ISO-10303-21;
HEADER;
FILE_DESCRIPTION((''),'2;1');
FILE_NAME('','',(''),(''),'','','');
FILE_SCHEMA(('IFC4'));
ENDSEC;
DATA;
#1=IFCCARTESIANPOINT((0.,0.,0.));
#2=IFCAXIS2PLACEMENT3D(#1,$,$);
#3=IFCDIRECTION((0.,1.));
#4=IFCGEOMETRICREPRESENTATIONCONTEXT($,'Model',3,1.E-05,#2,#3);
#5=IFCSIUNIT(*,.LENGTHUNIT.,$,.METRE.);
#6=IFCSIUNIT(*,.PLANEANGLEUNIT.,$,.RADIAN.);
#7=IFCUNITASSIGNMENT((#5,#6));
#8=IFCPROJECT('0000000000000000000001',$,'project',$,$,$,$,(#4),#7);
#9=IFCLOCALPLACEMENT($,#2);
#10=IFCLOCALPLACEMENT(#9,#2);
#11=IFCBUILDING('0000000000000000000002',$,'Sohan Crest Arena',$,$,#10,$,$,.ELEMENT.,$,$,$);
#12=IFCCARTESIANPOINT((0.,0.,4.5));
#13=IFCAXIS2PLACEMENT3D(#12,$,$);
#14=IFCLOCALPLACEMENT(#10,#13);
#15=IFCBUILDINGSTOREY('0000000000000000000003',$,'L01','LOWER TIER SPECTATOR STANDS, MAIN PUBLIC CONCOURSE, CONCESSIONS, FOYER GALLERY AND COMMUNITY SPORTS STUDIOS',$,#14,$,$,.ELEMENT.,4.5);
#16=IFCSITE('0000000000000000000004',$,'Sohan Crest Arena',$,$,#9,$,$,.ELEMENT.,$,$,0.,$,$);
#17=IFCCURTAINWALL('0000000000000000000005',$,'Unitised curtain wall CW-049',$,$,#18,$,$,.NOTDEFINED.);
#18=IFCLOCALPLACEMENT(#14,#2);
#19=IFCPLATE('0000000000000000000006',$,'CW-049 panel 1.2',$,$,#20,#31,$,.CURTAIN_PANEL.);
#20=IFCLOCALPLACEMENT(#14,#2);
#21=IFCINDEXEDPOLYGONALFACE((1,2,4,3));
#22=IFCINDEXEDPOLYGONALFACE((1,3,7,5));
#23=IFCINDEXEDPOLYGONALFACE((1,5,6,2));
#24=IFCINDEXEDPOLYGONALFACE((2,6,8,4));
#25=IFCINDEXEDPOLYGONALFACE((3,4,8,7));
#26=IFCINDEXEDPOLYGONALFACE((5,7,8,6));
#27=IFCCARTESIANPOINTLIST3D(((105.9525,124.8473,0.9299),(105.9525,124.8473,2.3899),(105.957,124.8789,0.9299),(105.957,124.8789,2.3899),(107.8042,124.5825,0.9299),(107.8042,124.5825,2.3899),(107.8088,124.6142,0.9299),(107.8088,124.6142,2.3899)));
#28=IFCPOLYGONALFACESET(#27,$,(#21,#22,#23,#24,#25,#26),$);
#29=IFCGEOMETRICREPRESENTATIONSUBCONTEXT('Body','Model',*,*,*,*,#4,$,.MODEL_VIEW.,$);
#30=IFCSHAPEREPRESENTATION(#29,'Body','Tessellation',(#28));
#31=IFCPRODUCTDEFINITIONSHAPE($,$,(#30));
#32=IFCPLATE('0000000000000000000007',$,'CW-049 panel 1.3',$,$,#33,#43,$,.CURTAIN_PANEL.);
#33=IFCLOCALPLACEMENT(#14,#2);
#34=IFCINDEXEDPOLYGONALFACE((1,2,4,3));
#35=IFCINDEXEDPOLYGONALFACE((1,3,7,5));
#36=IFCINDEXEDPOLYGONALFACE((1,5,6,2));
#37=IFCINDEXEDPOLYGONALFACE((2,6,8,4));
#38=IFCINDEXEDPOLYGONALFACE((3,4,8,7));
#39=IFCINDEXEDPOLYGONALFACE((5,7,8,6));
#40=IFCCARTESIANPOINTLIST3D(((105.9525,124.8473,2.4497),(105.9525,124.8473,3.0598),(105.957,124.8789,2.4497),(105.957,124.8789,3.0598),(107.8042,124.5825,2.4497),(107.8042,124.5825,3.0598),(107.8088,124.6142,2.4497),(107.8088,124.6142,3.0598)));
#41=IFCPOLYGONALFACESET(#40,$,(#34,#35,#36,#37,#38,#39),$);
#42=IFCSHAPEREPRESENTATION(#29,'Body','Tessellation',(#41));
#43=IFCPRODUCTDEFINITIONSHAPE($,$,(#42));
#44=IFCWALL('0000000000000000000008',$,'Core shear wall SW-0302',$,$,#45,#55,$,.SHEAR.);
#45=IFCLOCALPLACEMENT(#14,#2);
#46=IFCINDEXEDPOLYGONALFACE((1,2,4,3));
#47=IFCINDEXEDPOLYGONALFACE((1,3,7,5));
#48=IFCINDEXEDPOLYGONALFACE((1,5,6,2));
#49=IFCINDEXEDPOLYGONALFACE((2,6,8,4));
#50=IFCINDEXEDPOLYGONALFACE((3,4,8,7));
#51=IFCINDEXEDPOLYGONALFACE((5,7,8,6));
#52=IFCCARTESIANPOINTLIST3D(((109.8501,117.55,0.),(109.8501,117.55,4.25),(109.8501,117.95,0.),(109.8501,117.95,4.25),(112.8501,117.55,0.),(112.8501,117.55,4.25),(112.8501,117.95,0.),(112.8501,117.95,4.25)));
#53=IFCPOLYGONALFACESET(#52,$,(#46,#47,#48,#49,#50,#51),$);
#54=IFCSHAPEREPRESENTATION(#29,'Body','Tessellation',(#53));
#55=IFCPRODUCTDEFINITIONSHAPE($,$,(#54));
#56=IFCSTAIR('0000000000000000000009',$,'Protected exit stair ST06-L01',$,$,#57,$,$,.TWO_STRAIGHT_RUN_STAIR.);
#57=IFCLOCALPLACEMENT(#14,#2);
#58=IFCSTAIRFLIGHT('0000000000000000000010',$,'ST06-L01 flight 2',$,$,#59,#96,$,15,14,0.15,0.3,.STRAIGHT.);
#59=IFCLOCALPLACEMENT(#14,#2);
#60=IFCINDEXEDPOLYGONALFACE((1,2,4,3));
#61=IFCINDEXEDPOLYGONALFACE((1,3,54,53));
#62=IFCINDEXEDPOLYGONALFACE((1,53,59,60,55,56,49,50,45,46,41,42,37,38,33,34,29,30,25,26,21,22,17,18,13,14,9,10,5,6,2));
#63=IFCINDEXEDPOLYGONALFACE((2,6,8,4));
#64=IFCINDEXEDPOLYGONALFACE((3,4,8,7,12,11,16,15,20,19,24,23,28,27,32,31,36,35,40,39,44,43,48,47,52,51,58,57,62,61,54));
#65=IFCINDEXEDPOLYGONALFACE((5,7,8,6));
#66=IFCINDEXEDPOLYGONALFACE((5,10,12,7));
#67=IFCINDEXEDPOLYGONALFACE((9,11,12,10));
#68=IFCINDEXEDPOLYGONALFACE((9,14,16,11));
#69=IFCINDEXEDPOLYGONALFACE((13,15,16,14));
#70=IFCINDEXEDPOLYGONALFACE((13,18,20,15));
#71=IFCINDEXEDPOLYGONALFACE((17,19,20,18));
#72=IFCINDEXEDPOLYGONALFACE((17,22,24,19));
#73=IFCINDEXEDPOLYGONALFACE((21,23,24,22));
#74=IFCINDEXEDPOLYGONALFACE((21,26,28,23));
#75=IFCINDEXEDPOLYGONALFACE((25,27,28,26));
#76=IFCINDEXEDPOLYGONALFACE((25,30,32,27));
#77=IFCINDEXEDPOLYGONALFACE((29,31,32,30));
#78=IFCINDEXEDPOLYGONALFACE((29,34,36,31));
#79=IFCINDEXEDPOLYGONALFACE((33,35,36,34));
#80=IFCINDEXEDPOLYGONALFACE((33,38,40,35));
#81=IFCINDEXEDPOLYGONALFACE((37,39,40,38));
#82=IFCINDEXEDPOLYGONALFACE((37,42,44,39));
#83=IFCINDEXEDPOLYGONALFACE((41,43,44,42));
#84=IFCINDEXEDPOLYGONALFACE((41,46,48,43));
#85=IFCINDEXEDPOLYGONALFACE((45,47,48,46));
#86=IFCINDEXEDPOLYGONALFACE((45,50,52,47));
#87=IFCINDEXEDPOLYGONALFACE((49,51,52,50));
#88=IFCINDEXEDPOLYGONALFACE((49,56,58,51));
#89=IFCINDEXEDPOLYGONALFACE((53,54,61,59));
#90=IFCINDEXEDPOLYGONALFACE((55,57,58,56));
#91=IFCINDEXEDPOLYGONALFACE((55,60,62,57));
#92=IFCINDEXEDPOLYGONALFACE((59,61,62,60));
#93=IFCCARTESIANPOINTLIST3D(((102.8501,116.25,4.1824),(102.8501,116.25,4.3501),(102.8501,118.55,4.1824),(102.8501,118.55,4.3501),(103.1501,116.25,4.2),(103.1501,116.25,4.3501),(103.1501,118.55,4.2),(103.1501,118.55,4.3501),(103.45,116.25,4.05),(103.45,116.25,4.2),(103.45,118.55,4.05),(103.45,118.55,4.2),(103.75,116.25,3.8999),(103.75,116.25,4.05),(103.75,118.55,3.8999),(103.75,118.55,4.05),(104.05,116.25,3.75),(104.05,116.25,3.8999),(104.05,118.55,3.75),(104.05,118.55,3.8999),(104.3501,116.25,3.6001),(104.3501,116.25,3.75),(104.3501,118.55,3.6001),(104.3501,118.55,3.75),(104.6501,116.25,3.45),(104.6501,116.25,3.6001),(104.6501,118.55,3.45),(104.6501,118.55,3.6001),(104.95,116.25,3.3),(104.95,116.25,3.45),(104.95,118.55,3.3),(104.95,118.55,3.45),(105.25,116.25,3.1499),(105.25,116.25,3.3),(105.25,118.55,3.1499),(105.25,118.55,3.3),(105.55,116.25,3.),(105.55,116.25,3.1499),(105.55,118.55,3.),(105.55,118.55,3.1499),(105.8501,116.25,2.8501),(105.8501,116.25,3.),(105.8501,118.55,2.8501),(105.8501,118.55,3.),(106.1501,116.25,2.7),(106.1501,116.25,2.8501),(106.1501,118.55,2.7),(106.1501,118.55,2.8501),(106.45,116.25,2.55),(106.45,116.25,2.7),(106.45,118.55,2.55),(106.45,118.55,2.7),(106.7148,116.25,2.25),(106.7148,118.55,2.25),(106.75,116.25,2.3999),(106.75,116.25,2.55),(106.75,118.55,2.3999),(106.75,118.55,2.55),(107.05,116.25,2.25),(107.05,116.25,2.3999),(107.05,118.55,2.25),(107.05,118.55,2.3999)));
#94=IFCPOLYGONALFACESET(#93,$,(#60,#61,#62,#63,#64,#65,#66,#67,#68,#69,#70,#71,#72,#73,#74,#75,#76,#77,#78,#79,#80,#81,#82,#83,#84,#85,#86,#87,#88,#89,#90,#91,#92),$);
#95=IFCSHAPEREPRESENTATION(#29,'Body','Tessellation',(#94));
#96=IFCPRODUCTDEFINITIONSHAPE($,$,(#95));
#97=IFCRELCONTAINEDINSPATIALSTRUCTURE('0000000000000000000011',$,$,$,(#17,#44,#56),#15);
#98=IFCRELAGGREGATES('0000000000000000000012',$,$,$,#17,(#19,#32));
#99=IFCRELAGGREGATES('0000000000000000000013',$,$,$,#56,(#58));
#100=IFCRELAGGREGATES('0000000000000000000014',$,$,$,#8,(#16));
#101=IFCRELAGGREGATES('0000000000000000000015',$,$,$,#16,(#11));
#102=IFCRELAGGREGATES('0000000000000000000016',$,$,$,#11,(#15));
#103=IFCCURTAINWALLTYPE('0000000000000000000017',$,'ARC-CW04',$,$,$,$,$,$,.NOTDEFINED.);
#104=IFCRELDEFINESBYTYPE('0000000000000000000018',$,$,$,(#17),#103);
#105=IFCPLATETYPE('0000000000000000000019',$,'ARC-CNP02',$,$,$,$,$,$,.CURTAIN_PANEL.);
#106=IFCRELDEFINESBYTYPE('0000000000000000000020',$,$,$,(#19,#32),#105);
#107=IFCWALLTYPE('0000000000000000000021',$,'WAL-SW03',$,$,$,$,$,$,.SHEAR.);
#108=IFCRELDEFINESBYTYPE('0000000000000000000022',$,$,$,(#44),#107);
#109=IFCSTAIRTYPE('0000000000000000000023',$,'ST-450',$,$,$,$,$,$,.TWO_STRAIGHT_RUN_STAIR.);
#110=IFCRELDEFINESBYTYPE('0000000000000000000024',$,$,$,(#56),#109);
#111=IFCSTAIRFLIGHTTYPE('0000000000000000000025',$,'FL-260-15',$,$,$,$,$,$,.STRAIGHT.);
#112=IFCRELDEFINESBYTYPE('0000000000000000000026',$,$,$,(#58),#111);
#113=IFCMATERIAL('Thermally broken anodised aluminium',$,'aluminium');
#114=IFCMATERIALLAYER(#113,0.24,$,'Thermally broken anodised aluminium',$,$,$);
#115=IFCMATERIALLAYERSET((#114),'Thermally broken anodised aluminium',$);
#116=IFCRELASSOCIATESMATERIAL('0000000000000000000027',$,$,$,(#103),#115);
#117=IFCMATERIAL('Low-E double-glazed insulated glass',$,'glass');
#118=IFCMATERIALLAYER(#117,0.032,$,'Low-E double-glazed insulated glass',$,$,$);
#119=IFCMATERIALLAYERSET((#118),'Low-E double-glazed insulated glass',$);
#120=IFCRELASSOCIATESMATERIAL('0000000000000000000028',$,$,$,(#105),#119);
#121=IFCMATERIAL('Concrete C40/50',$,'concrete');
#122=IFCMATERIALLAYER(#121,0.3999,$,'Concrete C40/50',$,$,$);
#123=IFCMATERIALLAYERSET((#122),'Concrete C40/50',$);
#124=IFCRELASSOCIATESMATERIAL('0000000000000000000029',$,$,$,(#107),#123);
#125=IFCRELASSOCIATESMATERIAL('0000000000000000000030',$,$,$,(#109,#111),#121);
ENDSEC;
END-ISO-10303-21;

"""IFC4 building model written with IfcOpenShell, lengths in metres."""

from ifc_helpers import new_model, si_unit, direction, frame, frame_2d, origin, origin_2d, place, context, subcontext, project, spatial, polyline, rectangle, outline, extrude, material, layer, layer_set, type_object, element, aggregate, save


model = new_model("IFC4")

# Units and contexts
model_context = context("Model", 3, precision=1e-05, world=origin(), true_north=direction((0.0, 1.0)))
body_context = subcontext(model_context, "Body", "Model", "MODEL_VIEW")
ifc_project = project(units=[si_unit("LENGTHUNIT", "METRE"), si_unit("PLANEANGLEUNIT", "RADIAN")], contexts=[model_context])

# Site, building, storey
site_placement = place(None, origin())
site = spatial("IfcSite", under=ifc_project, at=site_placement, Name="Sohan Crest Arena", CompositionType="ELEMENT", RefElevation=0.0)
building_placement = place(site_placement, origin())
building = spatial("IfcBuilding", under=site, at=building_placement, Name="Sohan Crest Arena", CompositionType="ELEMENT")
storey_placement = place(building_placement, frame((0.0, 0.0, 4.5)))
storey = spatial("IfcBuildingStorey", under=building, at=storey_placement, Name="L01", Description="LOWER TIER SPECTATOR STANDS, MAIN PUBLIC CONCOURSE, CONCESSIONS, FOYER GALLERY AND COMMUNITY SPORTS STUDIOS", CompositionType="ELEMENT", Elevation=4.5)

# Curtain wall
ifc_material_1 = material(Name="Thermally broken anodised aluminium", Category="aluminium")
ifc_layer_1 = layer(ifc_material_1, 0.24, Name="Thermally broken anodised aluminium")
ifc_layer_set_1 = layer_set([ifc_layer_1], Name="Thermally broken anodised aluminium")
curtain_wall_type_1 = type_object("IfcCurtainWallType", Name="ARC-CW04", PredefinedType="NOTDEFINED", material=ifc_layer_set_1)
curtain_wall_1_placement = place(storey_placement, origin())
curtain_wall_1 = element("IfcCurtainWall", 1, at=curtain_wall_1_placement, inside=storey, type_object=curtain_wall_type_1, Name="Unitised curtain wall CW-049", PredefinedType="NOTDEFINED")

# Plates
ifc_material_2 = material(Name="Low-E double-glazed insulated glass", Category="glass")
ifc_layer_2 = layer(ifc_material_2, 0.032, Name="Low-E double-glazed insulated glass")
ifc_layer_set_2 = layer_set([ifc_layer_2], Name="Low-E double-glazed insulated glass")
plate_type_1 = type_object("IfcPlateType", Name="ARC-CNP02", PredefinedType="CURTAIN_PANEL", material=ifc_layer_set_2)
plate_1_placement = place(storey_placement, frame((106.8806, 124.7307, 0.9299), z_axis=(0.0, 0.0, 1.0), x_axis=(-0.989931, 0.141549, 0.0)))
plate_1 = element("IfcPlate", 2, at=plate_1_placement, type_object=plate_type_1, Name="CW-049 panel 1.2", PredefinedType="CURTAIN_PANEL", context=body_context, shape_type="SweptSolid", body=[
    extrude(rectangle(XDim=1.8706, YDim=0.032, at=origin_2d()), origin(), (0.0, 0.0, 1.0), 1.46),
])
plate_2_placement = place(storey_placement, frame((106.8806, 124.7307, 2.4497), z_axis=(0.0, 0.0, 1.0), x_axis=(-0.989931, 0.141549, 0.0)))
plate_2 = element("IfcPlate", 3, at=plate_2_placement, type_object=plate_type_1, Name="CW-049 panel 1.3", PredefinedType="CURTAIN_PANEL", context=body_context, shape_type="SweptSolid", body=[
    extrude(rectangle(XDim=1.8706, YDim=0.032, at=origin_2d()), origin(), (0.0, 0.0, 1.0), 0.6101),
])
aggregate(curtain_wall_1, [plate_1, plate_2])

# Wall
ifc_material_3 = material(Name="Concrete C40/50", Category="concrete")
ifc_layer_3 = layer(ifc_material_3, 0.3999, Name="Concrete C40/50")
ifc_layer_set_3 = layer_set([ifc_layer_3], Name="Concrete C40/50")
wall_type = type_object("IfcWallType", Name="WAL-SW03", PredefinedType="SHEAR", material=ifc_layer_set_3)
wall_placement = place(storey_placement, frame((109.8501, 117.75, 0.0), z_axis=(0.0, 0.0, 1.0), x_axis=(1.0, 0.0, 0.0)))
element("IfcWall", 4, at=wall_placement, inside=storey, type_object=wall_type, Name="Core shear wall SW-0302", PredefinedType="SHEAR", context=body_context, shape_type="SweptSolid", body=[
    extrude(rectangle(XDim=3.0, YDim=0.3999, at=frame_2d((1.5, 0.0))), origin(), (0.0, 0.0, 1.0), 4.25),
])

# Stair, stair flight
stair_type = type_object("IfcStairType", Name="ST-450", PredefinedType="TWO_STRAIGHT_RUN_STAIR", material=ifc_material_3)
stair_placement = place(storey_placement, origin())
stair = element("IfcStair", 5, at=stair_placement, inside=storey, type_object=stair_type, Name="Protected exit stair ST06-L01", PredefinedType="TWO_STRAIGHT_RUN_STAIR")
stair_flight_type = type_object("IfcStairFlightType", Name="FL-260-15", PredefinedType="STRAIGHT", material=ifc_material_3)
stair_flight_placement = place(storey_placement, frame((107.05, 117.3999, 2.25), z_axis=(0.0, 0.0, 1.0), x_axis=(-1.0, 0.0, 0.0)))
stair_flight = element("IfcStairFlight", 6, at=stair_flight_placement, type_object=stair_flight_type, Name="ST06-L01 flight 2", NumberOfRisers=15, NumberOfTreads=14, PredefinedType="STRAIGHT", RiserHeight=0.15, TreadLength=0.3, context=body_context, shape_type="SweptSolid", body=[
    extrude(outline(polyline([(0.0, 0.0), (0.0, 0.1499), (0.3, 0.1499), (0.3, 0.3), (0.6001, 0.3), (0.6001, 0.45), (0.8999, 0.45), (0.8999, 0.6001), (1.2, 0.6001), (1.2, 0.75), (1.5, 0.75), (1.5, 0.8999), (1.8, 0.8999), (1.8, 1.05), (2.1001, 1.05), (2.1001, 1.2), (2.3999, 1.2), (2.3999, 1.3501), (2.7, 1.3501), (2.7, 1.5), (3.0, 1.5), (3.0, 1.6499), (3.3, 1.6499), (3.3, 1.8), (3.6001, 1.8), (3.6001, 1.95), (3.8999, 1.95), (3.8999, 2.1001), (4.2, 2.1001), (4.2, 2.25), (4.2, 1.9324), (0.3352, 0.0), (0.0, 0.0)])), frame((0.0, 1.1499, 0.0), z_axis=(0.0, -1.0, 0.0), x_axis=(1.0, 0.0, 0.0)), (0.0, 0.0, 1.0), 2.3),
])
aggregate(stair, [stair_flight])

save(model, "model.ifc")
